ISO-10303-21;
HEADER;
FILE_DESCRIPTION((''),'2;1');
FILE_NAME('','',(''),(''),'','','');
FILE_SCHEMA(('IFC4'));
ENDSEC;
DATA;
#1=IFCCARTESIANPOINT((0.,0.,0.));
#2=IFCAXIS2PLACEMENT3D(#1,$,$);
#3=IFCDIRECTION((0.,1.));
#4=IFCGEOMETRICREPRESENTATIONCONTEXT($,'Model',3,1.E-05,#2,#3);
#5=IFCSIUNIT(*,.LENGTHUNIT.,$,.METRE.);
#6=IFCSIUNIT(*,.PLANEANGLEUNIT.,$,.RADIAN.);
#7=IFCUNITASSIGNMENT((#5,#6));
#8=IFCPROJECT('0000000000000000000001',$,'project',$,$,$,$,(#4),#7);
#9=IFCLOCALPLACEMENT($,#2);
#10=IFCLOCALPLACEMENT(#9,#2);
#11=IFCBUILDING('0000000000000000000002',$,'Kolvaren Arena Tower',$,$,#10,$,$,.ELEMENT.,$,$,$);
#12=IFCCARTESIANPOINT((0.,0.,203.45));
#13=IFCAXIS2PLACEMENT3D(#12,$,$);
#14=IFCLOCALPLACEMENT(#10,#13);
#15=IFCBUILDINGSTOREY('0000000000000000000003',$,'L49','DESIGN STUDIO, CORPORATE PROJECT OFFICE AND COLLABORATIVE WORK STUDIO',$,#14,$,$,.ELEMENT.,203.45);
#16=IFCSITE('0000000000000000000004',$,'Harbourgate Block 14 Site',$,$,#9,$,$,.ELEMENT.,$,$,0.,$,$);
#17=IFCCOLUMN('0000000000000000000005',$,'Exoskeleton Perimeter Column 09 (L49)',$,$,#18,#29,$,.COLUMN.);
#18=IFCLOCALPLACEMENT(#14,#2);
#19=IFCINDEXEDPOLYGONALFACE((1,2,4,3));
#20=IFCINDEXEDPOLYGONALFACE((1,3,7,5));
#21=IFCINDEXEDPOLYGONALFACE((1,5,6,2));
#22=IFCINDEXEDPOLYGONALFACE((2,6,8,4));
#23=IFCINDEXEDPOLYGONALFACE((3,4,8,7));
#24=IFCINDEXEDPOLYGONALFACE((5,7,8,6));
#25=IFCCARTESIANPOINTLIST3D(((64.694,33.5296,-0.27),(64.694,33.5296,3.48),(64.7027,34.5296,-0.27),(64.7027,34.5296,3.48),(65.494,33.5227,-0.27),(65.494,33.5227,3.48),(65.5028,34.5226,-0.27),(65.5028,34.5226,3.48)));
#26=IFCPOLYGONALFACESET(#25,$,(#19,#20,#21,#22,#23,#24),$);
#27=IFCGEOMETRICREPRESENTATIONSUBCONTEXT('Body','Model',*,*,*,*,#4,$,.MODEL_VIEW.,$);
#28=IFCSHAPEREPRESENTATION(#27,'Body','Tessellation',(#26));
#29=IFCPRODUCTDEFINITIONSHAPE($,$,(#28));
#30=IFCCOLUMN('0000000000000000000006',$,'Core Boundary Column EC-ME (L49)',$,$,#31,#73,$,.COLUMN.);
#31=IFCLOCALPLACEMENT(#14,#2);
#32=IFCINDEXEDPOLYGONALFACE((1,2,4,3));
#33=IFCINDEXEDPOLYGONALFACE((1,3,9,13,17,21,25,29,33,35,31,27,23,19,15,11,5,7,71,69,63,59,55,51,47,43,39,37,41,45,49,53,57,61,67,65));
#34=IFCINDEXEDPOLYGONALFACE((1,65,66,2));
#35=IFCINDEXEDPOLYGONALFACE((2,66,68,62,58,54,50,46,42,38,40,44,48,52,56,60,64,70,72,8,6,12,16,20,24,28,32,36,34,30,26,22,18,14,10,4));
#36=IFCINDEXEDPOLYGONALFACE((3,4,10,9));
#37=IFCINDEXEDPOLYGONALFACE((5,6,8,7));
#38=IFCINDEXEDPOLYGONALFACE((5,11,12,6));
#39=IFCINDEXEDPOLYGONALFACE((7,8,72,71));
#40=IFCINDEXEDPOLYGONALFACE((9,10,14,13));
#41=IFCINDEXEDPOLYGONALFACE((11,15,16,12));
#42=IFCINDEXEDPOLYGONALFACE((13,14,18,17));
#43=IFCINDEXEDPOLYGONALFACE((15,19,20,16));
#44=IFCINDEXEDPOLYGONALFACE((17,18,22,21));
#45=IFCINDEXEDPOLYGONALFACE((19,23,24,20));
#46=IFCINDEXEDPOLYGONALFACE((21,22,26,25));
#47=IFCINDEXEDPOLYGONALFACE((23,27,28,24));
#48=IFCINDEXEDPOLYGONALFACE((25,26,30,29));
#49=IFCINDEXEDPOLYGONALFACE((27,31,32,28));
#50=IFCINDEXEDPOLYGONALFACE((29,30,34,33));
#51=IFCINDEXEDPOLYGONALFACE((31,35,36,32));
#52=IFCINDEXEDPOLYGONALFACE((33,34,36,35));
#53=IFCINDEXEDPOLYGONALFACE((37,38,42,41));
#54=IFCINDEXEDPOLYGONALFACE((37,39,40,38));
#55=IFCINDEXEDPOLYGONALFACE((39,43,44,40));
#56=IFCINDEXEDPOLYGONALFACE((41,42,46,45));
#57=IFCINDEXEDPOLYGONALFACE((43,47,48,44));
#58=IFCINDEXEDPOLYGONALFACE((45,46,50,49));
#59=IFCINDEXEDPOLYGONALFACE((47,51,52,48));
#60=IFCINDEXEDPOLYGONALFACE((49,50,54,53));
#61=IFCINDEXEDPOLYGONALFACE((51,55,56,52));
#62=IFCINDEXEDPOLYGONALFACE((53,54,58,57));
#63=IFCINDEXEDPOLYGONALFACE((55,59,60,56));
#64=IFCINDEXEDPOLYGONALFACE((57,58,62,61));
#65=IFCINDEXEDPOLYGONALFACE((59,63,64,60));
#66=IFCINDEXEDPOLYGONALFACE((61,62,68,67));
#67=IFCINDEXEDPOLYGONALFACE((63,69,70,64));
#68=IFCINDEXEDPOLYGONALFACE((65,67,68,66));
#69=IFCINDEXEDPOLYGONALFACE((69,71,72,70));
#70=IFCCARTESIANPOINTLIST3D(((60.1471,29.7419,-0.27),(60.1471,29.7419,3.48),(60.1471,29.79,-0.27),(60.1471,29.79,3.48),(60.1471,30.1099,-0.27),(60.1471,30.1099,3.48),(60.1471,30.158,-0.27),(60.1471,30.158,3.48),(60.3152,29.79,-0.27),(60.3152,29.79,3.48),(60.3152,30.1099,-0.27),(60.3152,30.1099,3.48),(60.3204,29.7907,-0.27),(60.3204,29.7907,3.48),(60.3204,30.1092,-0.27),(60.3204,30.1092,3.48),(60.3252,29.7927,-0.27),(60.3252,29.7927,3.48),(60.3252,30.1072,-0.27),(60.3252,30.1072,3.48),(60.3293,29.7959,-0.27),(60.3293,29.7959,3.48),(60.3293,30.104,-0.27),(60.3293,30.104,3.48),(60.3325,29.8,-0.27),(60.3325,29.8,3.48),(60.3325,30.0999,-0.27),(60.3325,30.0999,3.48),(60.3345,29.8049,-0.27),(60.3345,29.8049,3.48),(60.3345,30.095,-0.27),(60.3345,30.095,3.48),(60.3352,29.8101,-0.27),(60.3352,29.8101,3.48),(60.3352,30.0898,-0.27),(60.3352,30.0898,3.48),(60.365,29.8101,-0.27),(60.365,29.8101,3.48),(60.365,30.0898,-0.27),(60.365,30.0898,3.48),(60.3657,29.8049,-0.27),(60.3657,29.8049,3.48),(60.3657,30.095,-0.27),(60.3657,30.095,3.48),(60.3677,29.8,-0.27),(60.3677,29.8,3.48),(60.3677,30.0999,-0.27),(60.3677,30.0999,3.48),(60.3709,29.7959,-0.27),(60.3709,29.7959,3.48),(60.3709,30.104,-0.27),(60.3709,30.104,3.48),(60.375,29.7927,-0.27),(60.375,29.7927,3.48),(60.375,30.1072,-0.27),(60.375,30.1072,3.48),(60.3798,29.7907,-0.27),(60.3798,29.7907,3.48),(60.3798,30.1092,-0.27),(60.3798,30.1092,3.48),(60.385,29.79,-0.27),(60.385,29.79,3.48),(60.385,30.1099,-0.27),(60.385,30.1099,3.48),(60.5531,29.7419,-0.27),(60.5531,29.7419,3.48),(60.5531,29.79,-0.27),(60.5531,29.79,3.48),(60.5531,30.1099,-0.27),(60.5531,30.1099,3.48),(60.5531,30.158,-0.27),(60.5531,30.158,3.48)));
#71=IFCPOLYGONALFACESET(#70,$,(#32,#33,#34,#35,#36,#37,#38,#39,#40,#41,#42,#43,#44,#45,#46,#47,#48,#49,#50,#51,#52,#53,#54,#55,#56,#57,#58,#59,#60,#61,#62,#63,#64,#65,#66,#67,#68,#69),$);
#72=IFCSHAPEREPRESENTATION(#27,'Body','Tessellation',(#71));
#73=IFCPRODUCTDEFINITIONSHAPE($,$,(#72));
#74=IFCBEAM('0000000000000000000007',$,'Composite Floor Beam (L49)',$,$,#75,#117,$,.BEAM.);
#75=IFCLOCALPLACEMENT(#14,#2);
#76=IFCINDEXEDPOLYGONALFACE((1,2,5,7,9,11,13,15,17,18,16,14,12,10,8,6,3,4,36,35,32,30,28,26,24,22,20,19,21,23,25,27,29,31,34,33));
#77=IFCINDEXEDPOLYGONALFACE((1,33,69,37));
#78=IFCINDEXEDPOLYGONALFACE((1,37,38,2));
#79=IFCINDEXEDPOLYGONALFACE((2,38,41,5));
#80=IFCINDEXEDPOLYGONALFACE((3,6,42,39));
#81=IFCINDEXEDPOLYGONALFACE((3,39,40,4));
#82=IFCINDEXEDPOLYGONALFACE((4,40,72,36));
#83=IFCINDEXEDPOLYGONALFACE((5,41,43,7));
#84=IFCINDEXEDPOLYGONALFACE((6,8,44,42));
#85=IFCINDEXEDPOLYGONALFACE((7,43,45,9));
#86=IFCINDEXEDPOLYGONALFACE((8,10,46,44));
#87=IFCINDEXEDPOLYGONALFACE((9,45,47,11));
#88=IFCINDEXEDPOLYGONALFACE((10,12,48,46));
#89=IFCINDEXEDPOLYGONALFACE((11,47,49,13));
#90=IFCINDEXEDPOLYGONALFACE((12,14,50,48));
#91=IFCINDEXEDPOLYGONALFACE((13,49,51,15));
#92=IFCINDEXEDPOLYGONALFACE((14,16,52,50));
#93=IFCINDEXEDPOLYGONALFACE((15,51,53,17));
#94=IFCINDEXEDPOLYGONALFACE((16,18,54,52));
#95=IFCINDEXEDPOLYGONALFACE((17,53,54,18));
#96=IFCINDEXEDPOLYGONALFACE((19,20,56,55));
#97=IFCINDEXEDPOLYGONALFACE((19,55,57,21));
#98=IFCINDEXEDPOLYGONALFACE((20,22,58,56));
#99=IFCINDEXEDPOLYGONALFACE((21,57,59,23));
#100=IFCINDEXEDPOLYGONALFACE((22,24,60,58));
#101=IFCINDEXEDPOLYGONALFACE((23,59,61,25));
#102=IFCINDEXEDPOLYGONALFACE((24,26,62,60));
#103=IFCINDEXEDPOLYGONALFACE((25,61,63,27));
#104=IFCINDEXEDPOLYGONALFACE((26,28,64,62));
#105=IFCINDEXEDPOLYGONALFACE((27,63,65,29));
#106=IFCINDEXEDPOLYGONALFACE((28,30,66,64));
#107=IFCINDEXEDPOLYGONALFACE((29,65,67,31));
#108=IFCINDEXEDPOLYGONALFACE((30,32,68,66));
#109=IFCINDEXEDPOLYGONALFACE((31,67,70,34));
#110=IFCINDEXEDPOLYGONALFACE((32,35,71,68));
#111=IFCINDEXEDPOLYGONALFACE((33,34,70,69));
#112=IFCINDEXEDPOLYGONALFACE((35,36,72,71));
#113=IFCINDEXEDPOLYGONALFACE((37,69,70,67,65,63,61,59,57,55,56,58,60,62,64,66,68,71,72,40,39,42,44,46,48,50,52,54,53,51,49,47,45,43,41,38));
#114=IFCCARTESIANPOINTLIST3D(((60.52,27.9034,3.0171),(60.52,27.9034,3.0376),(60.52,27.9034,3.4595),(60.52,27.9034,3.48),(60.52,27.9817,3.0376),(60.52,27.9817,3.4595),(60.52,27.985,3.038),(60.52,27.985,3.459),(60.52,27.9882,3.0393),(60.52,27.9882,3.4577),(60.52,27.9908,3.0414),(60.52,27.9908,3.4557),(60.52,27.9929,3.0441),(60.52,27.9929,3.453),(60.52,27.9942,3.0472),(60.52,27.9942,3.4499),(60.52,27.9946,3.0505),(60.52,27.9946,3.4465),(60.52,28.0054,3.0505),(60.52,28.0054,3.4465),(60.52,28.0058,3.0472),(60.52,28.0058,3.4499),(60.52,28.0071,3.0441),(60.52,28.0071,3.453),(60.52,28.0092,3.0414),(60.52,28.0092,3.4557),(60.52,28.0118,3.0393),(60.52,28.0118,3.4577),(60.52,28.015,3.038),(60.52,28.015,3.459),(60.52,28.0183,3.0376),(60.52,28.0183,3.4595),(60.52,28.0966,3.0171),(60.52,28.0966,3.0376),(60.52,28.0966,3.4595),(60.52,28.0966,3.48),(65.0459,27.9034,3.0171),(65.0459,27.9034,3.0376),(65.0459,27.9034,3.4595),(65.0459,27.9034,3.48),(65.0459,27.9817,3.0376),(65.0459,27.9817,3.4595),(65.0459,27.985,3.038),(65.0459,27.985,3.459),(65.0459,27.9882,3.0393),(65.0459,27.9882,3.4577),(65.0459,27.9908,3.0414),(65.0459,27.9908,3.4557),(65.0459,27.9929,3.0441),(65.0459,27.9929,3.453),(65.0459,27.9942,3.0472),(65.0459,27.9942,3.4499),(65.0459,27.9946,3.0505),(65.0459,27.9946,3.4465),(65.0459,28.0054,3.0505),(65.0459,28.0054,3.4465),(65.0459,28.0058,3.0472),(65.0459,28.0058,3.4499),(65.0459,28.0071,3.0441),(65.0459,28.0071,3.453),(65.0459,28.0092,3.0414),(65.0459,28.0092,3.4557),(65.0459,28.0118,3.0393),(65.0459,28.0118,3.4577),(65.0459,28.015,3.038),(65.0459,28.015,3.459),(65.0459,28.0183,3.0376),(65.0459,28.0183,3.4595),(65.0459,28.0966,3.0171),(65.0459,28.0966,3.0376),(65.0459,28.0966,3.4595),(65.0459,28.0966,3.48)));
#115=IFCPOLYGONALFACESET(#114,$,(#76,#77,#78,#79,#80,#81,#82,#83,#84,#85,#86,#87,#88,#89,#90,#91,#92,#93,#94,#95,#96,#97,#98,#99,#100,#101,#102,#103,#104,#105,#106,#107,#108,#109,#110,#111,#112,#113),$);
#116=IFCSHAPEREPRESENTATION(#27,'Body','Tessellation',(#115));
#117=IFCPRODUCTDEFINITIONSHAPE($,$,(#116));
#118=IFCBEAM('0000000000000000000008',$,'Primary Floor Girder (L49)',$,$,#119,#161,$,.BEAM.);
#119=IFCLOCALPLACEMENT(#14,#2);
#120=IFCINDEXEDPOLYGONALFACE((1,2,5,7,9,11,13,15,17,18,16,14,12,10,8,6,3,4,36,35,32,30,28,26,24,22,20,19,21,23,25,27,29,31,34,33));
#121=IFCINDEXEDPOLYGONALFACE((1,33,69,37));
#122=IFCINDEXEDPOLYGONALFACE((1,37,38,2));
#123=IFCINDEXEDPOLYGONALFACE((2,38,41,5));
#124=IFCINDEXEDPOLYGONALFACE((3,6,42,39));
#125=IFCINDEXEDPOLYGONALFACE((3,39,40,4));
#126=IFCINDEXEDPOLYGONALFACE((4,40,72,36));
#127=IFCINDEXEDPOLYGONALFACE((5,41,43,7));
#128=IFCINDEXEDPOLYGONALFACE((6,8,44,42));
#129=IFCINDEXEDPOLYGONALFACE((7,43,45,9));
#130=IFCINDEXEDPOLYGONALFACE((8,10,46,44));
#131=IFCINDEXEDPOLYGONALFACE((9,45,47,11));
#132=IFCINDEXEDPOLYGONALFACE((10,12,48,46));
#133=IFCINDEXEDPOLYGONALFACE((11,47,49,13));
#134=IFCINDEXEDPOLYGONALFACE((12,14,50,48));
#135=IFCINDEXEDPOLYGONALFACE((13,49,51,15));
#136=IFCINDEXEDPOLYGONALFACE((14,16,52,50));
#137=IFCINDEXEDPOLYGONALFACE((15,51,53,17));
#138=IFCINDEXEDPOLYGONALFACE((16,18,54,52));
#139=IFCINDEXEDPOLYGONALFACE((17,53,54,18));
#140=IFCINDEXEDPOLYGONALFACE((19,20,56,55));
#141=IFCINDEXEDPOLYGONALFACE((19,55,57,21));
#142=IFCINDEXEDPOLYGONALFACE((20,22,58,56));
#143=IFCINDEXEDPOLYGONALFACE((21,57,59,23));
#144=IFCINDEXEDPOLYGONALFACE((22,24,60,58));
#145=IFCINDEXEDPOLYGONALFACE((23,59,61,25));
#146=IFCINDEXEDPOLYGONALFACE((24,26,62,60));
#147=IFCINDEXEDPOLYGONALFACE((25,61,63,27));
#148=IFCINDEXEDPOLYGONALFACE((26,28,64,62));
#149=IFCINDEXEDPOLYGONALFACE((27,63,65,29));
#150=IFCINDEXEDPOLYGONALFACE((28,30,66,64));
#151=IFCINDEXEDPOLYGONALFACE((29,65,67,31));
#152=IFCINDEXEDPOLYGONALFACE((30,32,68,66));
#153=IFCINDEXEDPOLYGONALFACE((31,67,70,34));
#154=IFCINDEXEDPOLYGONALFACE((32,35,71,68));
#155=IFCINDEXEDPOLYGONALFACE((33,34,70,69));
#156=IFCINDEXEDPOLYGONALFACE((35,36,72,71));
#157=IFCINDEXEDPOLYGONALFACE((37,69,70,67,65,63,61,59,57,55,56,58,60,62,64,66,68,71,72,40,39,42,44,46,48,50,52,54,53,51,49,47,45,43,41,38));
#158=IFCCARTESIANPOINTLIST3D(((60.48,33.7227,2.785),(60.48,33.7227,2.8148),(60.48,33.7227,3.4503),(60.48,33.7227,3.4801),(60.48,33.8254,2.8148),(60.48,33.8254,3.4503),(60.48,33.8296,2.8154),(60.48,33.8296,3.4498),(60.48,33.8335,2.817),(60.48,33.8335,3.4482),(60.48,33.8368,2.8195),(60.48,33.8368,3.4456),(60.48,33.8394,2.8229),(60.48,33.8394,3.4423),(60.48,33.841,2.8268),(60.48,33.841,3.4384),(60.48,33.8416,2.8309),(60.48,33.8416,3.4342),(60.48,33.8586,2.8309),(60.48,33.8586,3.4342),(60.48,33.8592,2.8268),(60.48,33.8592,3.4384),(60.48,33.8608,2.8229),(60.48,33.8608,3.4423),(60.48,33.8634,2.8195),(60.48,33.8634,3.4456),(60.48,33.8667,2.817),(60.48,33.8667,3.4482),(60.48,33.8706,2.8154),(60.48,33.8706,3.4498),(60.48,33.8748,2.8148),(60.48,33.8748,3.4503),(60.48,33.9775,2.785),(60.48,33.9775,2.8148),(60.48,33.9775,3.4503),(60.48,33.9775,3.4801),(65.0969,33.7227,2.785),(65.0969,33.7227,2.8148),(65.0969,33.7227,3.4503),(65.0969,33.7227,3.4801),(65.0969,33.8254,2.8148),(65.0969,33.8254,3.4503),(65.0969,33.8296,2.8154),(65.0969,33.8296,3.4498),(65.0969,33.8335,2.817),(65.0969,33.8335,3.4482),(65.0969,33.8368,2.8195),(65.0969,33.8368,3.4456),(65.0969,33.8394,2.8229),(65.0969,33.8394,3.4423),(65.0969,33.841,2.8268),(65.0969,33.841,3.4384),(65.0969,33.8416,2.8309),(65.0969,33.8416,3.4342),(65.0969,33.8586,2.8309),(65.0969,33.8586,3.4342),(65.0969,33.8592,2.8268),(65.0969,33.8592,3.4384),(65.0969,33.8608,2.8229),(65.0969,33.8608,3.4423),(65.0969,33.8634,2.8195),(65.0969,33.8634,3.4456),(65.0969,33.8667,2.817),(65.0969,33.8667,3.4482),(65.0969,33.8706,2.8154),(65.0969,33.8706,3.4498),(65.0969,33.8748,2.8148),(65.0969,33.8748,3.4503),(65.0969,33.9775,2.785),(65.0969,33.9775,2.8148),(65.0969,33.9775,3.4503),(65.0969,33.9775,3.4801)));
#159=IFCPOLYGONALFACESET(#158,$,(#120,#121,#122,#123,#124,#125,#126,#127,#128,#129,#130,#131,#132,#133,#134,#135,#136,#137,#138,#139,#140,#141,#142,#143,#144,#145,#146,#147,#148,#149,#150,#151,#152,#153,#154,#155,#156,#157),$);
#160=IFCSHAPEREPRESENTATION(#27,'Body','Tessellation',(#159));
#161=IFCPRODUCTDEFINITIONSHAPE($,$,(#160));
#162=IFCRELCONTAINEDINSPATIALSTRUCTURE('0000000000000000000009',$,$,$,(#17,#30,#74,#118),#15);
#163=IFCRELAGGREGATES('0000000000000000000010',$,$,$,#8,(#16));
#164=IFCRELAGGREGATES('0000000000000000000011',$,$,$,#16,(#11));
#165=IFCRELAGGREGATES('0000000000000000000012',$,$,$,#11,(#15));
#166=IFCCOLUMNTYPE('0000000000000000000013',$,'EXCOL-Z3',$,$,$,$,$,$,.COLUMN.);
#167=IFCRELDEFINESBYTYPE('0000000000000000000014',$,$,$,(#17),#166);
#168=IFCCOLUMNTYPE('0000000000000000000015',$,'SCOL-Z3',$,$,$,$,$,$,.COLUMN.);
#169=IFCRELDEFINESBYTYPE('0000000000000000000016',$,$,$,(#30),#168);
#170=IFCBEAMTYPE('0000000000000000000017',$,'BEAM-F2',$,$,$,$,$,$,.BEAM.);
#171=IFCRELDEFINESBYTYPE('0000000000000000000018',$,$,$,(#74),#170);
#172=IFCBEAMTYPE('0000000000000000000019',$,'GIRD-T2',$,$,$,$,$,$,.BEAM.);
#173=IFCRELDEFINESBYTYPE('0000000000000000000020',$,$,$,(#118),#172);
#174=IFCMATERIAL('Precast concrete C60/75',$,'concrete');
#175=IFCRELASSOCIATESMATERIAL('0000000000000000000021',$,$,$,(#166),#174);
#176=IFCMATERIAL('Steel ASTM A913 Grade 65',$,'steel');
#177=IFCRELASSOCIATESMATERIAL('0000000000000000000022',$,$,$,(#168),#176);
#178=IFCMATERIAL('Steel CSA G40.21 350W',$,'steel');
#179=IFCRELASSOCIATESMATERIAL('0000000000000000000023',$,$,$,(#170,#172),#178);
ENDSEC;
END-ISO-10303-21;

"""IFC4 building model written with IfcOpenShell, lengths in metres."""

from ifc_helpers import new_model, si_unit, direction, frame, origin, origin_2d, place, context, subcontext, project, spatial, rectangle, i_section, extrude, material, material_profile, profile_set, type_object, element, save


model = new_model("IFC4")

# Units and contexts
model_context = context("Model", 3, precision=1e-05, world=origin(), true_north=direction((0.0, 1.0)))
body_context = subcontext(model_context, "Body", "Model", "MODEL_VIEW")
ifc_project = project(units=[si_unit("LENGTHUNIT", "METRE"), si_unit("PLANEANGLEUNIT", "RADIAN")], contexts=[model_context])

# Site, building, storey
site_placement = place(None, origin())
site = spatial("IfcSite", under=ifc_project, at=site_placement, Name="Harbourgate Block 14 Site", CompositionType="ELEMENT", RefElevation=0.0)
building_placement = place(site_placement, origin())
building = spatial("IfcBuilding", under=site, at=building_placement, Name="Kolvaren Arena Tower", CompositionType="ELEMENT")
storey_placement = place(building_placement, frame((0.0, 0.0, 203.45)))
storey = spatial("IfcBuildingStorey", under=building, at=storey_placement, Name="L49", Description="DESIGN STUDIO, CORPORATE PROJECT OFFICE AND COLLABORATIVE WORK STUDIO", CompositionType="ELEMENT", Elevation=203.45)

# Columns
ifc_material_1 = material(Name="Precast concrete C60/75", Category="concrete")
ifc_material_profile_1 = material_profile(ifc_material_1, rectangle(XDim=1.0, YDim=0.8, at=origin_2d()), Name="RC-1000x800")
ifc_profile_set_1 = profile_set([ifc_material_profile_1], Name="Precast concrete C60/75")
column_type_1 = type_object("IfcColumnType", Name="EXCOL-Z3", PredefinedType="COLUMN", material=ifc_profile_set_1)
column_1_placement = place(storey_placement, frame((65.0984, 34.0261, -0.27), z_axis=(0.0, 0.0, 1.0), x_axis=(0.008727, 0.999962, 0.0)))
element("IfcColumn", 1, at=column_1_placement, inside=storey, type_object=column_type_1, Name="Exoskeleton Perimeter Column 09 (L49)", PredefinedType="COLUMN", context=body_context, shape_type="SweptSolid", body=[
    extrude(rectangle(XDim=1.0, YDim=0.8, at=origin_2d()), origin(), (0.0, 0.0, 1.0), 3.75),
])
ifc_material_2 = material(Name="Steel ASTM A913 Grade 65", Category="steel")
ifc_material_profile_2 = material_profile(ifc_material_2, i_section(OverallWidth=0.406, OverallDepth=0.416, WebThickness=0.0298, FlangeThickness=0.0481, FilletRadius=0.02, at=origin_2d()), Name="W360x382")
ifc_profile_set_2 = profile_set([ifc_material_profile_2], Name="Steel ASTM A913 Grade 65")
column_type_2 = type_object("IfcColumnType", Name="SCOL-Z3", PredefinedType="COLUMN", material=ifc_profile_set_2)
column_2_placement = place(storey_placement, frame((60.3501, 29.95, -0.27), z_axis=(0.0, 0.0, 1.0), x_axis=(1.0, 0.0, 0.0)))
element("IfcColumn", 2, at=column_2_placement, inside=storey, type_object=column_type_2, Name="Core Boundary Column EC-ME (L49)", PredefinedType="COLUMN", context=body_context, shape_type="SweptSolid", body=[
    extrude(i_section(OverallWidth=0.406, OverallDepth=0.416, WebThickness=0.0298, FlangeThickness=0.0481, FilletRadius=0.02, at=origin_2d()), origin(), (0.0, 0.0, 1.0), 3.75),
])

# Beams
ifc_material_3 = material(Name="Steel CSA G40.21 350W", Category="steel")
ifc_material_profile_3 = material_profile(ifc_material_3, i_section(OverallWidth=0.1931, OverallDepth=0.4629, WebThickness=0.0107, FlangeThickness=0.0205, FilletRadius=0.0129, at=origin_2d()), Name="W460x113")
ifc_profile_set_3 = profile_set([ifc_material_profile_3], Name="Steel CSA G40.21 350W")
beam_type_1 = type_object("IfcBeamType", Name="BEAM-F2", PredefinedType="BEAM", material=ifc_profile_set_3)
beam_1_placement = place(storey_placement, frame((60.52, 28.0, 3.2485), z_axis=(1.0, 0.0, 0.0), x_axis=(0.0, 1.0, 0.0)))
element("IfcBeam", 3, at=beam_1_placement, inside=storey, type_object=beam_type_1, Name="Composite Floor Beam (L49)", PredefinedType="BEAM", context=body_context, shape_type="SweptSolid", body=[
    extrude(i_section(OverallWidth=0.1931, OverallDepth=0.4629, WebThickness=0.0107, FlangeThickness=0.0205, FilletRadius=0.0129, at=origin_2d()), origin(), (0.0, 0.0, 1.0), 4.5259),
])
ifc_material_profile_4 = material_profile(ifc_material_3, i_section(OverallWidth=0.2549, OverallDepth=0.6951, WebThickness=0.0171, FlangeThickness=0.0298, FilletRadius=0.0161, at=origin_2d()), Name="W690x217")
ifc_profile_set_4 = profile_set([ifc_material_profile_4], Name="Steel CSA G40.21 350W")
beam_type_2 = type_object("IfcBeamType", Name="GIRD-T2", PredefinedType="BEAM", material=ifc_profile_set_4)
beam_2_placement = place(storey_placement, frame((60.48, 33.8501, 3.1326), z_axis=(1.0, 0.0, 0.0), x_axis=(0.0, 1.0, 0.0)))
element("IfcBeam", 4, at=beam_2_placement, inside=storey, type_object=beam_type_2, Name="Primary Floor Girder (L49)", PredefinedType="BEAM", context=body_context, shape_type="SweptSolid", body=[
    extrude(i_section(OverallWidth=0.2549, OverallDepth=0.6951, WebThickness=0.0171, FlangeThickness=0.0298, FilletRadius=0.0161, at=origin_2d()), origin(), (0.0, 0.0, 1.0), 4.6169),
])

save(model, "model.ifc")
